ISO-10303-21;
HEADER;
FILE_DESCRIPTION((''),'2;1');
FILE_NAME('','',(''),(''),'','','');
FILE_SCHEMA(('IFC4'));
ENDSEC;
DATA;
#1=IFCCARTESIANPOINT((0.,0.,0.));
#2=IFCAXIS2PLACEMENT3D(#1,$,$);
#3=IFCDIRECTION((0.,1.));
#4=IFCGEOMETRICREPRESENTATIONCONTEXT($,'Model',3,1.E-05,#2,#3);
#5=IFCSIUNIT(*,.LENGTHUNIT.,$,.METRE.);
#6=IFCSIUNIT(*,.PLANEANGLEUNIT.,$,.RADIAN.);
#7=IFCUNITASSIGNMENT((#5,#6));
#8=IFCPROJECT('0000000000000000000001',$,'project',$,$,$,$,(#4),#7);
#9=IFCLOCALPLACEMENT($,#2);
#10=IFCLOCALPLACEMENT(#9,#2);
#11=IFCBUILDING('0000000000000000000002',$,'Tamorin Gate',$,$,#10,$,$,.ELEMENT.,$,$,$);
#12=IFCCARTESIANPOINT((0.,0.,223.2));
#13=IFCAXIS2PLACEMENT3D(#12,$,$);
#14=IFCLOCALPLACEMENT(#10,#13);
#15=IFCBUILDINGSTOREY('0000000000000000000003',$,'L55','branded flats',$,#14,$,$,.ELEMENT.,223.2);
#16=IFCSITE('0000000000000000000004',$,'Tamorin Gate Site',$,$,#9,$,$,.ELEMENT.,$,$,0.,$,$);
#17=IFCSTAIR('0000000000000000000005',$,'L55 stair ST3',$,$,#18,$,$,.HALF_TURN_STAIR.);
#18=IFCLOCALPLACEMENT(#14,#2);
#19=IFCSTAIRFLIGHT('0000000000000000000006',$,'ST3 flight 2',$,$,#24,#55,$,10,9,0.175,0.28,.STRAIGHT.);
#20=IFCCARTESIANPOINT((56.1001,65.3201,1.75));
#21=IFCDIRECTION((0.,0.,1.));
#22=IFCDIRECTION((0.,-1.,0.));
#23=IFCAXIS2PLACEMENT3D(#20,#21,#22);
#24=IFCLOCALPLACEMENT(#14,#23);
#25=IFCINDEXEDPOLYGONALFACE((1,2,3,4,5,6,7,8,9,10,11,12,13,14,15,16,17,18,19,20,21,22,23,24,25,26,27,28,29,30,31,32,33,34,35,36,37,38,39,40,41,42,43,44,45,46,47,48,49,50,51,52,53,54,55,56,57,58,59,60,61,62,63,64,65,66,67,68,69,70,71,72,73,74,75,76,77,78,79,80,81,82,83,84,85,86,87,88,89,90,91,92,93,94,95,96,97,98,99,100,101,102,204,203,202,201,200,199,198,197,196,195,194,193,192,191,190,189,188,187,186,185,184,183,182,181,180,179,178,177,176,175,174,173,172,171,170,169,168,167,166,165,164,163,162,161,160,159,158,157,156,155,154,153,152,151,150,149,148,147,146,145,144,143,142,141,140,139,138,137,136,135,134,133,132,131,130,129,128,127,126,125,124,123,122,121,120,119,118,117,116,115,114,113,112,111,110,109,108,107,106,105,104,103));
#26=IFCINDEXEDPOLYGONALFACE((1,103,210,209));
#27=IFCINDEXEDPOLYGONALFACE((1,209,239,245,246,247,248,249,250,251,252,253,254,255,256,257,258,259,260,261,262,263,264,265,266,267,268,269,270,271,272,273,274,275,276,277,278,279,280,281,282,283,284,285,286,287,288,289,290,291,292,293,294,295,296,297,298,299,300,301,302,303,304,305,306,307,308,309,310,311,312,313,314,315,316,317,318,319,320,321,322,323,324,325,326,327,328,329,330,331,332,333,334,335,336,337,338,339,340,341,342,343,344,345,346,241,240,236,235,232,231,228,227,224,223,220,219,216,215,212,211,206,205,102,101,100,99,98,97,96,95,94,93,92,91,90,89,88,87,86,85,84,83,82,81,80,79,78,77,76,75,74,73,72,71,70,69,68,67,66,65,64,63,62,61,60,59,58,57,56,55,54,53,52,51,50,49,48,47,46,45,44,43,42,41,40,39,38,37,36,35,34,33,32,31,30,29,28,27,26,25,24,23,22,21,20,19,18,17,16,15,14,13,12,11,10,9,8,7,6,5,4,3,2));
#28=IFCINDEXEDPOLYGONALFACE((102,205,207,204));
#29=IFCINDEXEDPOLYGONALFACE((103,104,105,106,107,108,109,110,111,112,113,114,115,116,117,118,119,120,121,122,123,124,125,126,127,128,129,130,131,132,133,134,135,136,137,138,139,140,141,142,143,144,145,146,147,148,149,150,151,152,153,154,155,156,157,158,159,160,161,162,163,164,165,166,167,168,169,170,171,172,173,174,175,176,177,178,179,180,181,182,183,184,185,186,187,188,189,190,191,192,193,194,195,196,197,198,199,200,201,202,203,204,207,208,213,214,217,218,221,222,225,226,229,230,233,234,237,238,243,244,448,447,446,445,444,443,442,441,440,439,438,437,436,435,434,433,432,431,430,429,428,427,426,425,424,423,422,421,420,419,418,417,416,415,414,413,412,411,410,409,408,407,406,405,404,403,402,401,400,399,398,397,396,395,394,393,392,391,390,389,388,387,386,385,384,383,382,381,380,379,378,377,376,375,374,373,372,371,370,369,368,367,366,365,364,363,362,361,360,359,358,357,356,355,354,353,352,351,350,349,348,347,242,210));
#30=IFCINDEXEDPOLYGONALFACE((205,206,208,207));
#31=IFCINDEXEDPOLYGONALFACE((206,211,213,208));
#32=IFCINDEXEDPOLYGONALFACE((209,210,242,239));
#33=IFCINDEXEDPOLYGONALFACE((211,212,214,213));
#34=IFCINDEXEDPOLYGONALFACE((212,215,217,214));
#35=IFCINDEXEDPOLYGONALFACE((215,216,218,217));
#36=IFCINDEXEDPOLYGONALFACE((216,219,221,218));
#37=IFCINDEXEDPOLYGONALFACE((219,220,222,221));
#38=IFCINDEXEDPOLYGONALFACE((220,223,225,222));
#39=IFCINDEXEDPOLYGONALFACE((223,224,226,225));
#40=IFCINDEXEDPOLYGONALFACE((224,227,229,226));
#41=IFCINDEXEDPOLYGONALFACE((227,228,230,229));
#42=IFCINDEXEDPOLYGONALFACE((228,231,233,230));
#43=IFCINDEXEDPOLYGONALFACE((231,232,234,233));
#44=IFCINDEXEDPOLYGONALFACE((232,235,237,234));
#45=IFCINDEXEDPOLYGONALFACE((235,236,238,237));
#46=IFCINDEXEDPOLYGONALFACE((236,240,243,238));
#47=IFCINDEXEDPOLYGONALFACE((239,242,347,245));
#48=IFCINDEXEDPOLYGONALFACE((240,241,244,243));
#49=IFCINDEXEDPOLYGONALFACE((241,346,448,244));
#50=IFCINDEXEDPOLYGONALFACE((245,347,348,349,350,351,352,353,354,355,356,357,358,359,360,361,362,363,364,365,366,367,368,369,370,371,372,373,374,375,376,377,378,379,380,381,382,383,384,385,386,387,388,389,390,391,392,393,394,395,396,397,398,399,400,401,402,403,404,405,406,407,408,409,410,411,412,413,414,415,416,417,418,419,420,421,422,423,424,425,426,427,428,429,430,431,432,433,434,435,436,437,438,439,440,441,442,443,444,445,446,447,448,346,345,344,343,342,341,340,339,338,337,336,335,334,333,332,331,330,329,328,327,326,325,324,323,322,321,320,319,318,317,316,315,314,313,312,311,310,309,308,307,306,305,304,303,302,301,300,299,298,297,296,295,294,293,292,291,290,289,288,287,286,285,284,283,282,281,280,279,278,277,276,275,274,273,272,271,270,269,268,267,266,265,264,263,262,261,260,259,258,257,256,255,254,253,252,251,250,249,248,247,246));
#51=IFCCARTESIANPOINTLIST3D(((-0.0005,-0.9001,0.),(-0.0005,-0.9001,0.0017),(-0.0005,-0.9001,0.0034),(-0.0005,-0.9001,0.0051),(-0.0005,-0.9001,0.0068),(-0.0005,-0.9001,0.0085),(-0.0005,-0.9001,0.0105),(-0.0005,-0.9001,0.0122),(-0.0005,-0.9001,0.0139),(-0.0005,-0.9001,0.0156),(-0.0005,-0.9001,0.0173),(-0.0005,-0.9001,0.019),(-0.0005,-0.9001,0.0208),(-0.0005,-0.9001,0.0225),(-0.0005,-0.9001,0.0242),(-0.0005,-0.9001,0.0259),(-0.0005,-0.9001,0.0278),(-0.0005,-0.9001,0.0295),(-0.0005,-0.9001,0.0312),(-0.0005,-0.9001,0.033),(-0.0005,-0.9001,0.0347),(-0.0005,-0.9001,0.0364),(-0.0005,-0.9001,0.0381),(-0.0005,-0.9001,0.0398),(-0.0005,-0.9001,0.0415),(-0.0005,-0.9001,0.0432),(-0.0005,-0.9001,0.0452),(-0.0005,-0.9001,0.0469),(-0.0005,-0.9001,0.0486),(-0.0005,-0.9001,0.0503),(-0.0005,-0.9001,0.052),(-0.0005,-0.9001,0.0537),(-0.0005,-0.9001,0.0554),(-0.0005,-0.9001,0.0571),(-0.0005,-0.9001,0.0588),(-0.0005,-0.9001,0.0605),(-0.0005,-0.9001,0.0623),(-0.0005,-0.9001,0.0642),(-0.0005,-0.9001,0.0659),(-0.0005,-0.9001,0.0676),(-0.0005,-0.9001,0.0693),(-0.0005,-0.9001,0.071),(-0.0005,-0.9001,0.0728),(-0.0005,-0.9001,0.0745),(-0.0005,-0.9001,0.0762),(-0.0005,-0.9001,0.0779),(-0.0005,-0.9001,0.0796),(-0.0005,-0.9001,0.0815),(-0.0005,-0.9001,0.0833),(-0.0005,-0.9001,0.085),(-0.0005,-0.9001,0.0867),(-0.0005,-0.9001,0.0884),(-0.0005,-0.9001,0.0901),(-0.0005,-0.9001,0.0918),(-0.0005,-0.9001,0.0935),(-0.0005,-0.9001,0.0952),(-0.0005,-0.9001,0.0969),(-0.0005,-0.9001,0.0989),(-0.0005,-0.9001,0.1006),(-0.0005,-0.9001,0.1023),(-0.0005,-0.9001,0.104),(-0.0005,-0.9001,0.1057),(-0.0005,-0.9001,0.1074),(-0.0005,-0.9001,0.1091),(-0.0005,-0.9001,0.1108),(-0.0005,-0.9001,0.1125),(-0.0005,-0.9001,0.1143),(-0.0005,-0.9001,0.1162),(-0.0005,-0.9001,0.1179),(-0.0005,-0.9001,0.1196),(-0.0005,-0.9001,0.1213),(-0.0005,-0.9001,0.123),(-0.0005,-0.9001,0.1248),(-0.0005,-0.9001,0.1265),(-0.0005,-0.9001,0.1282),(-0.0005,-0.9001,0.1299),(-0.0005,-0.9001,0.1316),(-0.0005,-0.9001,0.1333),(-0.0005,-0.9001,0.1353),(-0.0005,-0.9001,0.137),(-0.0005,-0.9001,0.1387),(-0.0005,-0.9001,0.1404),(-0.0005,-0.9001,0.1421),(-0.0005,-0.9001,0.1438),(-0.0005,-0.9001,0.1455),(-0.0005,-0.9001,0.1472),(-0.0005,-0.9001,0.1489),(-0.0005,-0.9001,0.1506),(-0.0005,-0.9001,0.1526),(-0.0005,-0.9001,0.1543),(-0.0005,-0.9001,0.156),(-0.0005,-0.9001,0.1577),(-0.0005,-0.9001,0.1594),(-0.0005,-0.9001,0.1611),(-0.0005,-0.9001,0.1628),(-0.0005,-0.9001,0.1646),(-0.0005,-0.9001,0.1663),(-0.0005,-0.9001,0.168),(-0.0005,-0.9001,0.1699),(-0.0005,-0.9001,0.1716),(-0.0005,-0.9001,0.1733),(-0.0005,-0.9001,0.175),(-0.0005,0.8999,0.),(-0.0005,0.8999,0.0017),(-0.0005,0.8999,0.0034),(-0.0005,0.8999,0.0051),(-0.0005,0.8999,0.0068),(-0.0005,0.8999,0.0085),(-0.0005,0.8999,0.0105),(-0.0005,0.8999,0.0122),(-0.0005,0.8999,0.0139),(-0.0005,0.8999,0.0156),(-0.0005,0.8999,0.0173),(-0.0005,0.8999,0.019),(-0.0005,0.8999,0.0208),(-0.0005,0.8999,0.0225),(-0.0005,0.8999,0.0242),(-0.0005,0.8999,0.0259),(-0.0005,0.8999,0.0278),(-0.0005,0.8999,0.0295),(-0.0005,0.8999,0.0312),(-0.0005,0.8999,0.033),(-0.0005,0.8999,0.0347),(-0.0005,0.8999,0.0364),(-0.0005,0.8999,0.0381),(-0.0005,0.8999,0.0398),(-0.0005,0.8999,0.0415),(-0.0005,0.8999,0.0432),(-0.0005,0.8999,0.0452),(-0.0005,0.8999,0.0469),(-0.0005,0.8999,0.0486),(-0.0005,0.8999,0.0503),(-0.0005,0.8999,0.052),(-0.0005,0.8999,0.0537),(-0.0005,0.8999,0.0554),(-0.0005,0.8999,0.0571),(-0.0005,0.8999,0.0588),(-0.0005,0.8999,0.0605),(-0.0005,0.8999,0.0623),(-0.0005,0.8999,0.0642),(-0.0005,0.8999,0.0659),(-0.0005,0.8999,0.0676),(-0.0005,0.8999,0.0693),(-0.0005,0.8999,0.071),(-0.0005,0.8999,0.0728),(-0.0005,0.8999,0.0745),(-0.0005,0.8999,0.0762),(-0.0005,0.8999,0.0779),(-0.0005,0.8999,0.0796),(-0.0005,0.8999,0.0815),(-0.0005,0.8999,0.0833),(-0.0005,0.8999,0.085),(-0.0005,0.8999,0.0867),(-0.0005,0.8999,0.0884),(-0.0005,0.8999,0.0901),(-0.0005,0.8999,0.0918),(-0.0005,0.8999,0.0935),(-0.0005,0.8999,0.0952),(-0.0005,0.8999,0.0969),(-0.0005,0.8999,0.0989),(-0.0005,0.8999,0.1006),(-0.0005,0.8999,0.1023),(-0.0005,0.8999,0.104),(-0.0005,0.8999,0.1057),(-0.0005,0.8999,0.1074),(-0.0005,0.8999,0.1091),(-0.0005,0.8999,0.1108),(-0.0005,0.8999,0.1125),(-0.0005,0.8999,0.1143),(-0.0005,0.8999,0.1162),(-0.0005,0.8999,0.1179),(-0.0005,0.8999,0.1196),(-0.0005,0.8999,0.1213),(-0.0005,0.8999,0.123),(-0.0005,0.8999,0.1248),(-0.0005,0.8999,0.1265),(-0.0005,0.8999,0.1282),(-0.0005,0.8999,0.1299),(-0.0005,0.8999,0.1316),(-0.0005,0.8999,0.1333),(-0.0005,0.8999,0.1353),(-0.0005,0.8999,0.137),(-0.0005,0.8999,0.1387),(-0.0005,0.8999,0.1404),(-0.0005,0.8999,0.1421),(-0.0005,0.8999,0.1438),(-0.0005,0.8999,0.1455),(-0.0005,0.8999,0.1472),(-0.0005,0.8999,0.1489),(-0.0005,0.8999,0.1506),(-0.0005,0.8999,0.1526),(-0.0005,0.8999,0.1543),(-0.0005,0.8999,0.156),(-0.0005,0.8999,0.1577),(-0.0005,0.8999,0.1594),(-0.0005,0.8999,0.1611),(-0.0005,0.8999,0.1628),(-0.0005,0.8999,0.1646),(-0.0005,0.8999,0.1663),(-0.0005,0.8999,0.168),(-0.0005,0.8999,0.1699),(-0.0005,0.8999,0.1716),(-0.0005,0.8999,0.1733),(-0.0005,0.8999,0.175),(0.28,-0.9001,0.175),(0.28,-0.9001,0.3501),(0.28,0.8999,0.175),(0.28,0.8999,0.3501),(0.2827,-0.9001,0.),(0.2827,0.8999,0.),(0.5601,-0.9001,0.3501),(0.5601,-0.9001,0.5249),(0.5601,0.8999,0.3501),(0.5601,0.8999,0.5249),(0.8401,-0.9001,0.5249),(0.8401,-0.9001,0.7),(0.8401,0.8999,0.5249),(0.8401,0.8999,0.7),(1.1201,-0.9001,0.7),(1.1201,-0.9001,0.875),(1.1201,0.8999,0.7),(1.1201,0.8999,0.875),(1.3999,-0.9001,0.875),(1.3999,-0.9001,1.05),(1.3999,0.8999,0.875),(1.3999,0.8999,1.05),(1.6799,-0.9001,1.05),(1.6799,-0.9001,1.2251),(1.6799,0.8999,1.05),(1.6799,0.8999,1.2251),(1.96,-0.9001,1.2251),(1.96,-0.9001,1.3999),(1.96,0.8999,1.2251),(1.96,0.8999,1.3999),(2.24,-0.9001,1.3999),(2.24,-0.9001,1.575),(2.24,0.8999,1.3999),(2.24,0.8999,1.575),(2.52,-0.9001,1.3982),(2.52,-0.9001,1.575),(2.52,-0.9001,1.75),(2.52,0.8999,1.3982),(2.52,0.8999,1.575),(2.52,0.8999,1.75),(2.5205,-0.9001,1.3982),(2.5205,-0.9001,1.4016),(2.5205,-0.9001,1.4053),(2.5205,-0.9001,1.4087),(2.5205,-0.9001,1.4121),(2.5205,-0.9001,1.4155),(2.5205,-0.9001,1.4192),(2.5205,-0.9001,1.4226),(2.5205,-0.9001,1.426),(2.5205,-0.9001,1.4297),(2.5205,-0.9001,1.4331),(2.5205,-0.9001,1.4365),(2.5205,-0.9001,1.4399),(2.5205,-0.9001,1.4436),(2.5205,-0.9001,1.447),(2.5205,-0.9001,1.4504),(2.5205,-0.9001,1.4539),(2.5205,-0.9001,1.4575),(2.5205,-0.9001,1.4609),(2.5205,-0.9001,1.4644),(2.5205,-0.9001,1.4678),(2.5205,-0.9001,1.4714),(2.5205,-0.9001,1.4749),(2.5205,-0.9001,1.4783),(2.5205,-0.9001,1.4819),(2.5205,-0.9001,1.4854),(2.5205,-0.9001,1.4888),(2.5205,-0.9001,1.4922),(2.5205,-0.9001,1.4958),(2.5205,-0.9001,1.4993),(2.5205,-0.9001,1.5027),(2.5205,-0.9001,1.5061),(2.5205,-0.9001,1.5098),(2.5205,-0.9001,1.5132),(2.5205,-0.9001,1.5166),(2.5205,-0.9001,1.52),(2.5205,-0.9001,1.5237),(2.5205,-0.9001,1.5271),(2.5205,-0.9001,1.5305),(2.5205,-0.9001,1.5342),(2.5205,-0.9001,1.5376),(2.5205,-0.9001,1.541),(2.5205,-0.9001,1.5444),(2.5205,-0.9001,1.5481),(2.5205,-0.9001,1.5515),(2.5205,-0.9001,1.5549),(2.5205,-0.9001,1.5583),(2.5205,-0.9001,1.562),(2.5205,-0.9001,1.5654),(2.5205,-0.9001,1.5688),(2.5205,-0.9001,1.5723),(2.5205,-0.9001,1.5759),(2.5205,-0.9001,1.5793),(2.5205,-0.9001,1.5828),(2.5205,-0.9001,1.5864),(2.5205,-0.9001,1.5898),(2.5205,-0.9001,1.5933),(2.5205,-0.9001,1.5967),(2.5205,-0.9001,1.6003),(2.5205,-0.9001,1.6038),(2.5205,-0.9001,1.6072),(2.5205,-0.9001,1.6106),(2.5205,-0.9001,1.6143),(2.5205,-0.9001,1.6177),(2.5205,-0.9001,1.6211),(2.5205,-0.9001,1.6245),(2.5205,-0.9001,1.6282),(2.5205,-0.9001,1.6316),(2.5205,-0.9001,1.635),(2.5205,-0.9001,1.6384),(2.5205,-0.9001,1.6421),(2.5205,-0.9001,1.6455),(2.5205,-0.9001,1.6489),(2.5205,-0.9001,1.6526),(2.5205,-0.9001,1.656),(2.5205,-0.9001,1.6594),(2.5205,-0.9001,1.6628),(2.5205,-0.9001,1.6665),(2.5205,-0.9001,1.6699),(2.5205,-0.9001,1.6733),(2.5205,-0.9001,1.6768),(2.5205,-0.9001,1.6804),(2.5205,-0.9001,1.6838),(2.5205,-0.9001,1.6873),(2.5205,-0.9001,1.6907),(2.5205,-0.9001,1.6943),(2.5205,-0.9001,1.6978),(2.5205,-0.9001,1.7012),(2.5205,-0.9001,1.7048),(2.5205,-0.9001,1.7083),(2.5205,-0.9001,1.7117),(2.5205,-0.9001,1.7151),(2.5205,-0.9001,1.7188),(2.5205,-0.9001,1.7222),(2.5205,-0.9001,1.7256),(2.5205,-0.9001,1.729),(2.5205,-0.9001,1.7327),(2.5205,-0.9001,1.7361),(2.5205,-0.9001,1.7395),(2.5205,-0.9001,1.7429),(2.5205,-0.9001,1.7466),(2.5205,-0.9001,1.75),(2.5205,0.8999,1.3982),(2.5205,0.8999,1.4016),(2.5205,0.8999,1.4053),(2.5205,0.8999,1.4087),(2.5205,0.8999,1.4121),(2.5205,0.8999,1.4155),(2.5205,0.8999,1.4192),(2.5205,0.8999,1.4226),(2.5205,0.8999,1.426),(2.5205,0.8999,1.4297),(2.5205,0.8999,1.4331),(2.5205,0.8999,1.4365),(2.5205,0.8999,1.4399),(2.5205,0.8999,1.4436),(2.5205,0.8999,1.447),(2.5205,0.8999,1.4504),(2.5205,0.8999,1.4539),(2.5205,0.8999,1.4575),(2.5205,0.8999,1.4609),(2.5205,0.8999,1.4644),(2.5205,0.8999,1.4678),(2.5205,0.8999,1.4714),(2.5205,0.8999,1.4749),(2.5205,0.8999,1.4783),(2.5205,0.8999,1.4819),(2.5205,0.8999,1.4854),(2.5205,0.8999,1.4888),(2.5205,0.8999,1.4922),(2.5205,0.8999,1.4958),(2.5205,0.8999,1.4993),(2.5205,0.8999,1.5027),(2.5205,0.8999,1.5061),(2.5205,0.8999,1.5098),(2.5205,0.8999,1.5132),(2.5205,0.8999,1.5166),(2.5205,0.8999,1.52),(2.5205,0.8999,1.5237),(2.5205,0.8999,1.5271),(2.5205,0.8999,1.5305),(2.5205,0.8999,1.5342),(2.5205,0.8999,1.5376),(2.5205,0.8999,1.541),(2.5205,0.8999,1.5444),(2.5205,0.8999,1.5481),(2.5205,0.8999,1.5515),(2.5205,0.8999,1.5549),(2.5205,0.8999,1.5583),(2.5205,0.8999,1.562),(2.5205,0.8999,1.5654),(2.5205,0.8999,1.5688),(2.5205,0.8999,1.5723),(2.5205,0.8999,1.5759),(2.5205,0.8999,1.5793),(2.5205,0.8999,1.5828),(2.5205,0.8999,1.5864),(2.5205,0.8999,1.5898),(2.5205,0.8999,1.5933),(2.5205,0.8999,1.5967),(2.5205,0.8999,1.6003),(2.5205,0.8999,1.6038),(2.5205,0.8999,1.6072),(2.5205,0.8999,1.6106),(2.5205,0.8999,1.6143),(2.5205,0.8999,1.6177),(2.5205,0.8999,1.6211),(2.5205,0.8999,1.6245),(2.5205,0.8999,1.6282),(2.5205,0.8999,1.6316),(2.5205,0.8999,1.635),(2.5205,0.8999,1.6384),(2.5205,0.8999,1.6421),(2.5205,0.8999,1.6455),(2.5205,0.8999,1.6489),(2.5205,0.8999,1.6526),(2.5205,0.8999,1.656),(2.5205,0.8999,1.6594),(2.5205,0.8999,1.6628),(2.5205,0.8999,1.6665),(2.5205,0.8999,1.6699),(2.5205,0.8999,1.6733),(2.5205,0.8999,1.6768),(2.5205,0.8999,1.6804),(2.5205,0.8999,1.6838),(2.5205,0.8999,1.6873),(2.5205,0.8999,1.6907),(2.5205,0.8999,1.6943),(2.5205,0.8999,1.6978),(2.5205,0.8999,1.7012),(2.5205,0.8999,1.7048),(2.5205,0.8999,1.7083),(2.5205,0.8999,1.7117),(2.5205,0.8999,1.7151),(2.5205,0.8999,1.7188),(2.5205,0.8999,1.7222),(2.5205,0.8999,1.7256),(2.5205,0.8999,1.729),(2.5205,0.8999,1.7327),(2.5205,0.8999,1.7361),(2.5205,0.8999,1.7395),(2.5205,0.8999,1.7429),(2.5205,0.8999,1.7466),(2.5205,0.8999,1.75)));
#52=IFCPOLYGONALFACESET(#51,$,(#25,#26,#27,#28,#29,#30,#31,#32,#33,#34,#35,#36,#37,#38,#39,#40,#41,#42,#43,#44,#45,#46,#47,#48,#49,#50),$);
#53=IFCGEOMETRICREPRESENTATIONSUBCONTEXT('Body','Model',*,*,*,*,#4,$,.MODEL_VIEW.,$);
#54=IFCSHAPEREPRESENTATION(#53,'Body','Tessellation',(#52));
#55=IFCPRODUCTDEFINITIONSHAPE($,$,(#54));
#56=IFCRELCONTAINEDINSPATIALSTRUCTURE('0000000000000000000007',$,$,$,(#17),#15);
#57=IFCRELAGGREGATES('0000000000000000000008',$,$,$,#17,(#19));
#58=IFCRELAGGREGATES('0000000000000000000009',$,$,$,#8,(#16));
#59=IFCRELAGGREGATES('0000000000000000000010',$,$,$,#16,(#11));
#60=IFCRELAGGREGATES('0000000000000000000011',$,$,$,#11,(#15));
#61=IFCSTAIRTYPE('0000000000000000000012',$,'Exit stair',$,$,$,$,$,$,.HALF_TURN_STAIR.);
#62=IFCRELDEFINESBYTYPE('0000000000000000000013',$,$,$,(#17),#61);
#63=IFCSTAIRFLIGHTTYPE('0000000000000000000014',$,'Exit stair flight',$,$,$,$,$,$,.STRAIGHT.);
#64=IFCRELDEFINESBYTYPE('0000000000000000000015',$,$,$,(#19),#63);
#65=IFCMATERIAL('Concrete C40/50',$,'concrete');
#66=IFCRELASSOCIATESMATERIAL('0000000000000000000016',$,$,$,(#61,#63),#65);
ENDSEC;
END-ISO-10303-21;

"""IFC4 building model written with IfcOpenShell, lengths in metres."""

from ifc_helpers import new_model, si_unit, direction, frame, origin, place, context, subcontext, project, spatial, polyline, outline, extrude, material, type_object, element, aggregate, save


model = new_model("IFC4")

# Units and contexts
model_context = context("Model", 3, precision=1e-05, world=origin(), true_north=direction((0.0, 1.0)))
body_context = subcontext(model_context, "Body", "Model", "MODEL_VIEW")
ifc_project = project(units=[si_unit("LENGTHUNIT", "METRE"), si_unit("PLANEANGLEUNIT", "RADIAN")], contexts=[model_context])

# Site, building, storey
site_placement = place(None, origin())
site = spatial("IfcSite", under=ifc_project, at=site_placement, Name="Tamorin Gate Site", CompositionType="ELEMENT", RefElevation=0.0)
building_placement = place(site_placement, origin())
building = spatial("IfcBuilding", under=site, at=building_placement, Name="Tamorin Gate", CompositionType="ELEMENT")
storey_placement = place(building_placement, frame((0.0, 0.0, 223.2)))
storey = spatial("IfcBuildingStorey", under=building, at=storey_placement, Name="L55", Description="branded flats", CompositionType="ELEMENT", Elevation=223.2)

# Stair, stair flight
ifc_material_1 = material(Name="Concrete C40/50", Category="concrete")
stair_type = type_object("IfcStairType", Name="Exit stair", PredefinedType="HALF_TURN_STAIR", material=ifc_material_1)
stair_placement = place(storey_placement, origin())
stair = element("IfcStair", 1, at=stair_placement, inside=storey, type_object=stair_type, Name="L55 stair ST3", PredefinedType="HALF_TURN_STAIR")
stair_flight_type = type_object("IfcStairFlightType", Name="Exit stair flight", PredefinedType="STRAIGHT", material=ifc_material_1)
stair_flight_1_placement = place(storey_placement, frame((56.1001, 65.3201, 1.75), z_axis=(0.0, 0.0, 1.0), x_axis=(0.0, -1.0, 0.0)))
stair_flight_1 = element("IfcStairFlight", 2, at=stair_flight_1_placement, type_object=stair_flight_type, Name="ST3 flight 2", NumberOfRisers=10, NumberOfTreads=9, PredefinedType="STRAIGHT", RiserHeight=0.175, TreadLength=0.28, context=body_context, shape_type="SweptSolid", body=[
    extrude(outline(polyline([(-0.0005, 0.0), (-0.0005, 0.0017), (-0.0005, 0.0034), (-0.0005, 0.0051), (-0.0005, 0.0068), (-0.0005, 0.0085), (-0.0005, 0.0105), (-0.0005, 0.0122), (-0.0005, 0.0139), (-0.0005, 0.0156), (-0.0005, 0.0173), (-0.0005, 0.019), (-0.0005, 0.0208), (-0.0005, 0.0225), (-0.0005, 0.0242), (-0.0005, 0.0259), (-0.0005, 0.0278), (-0.0005, 0.0295), (-0.0005, 0.0312), (-0.0005, 0.033), (-0.0005, 0.0347), (-0.0005, 0.0364), (-0.0005, 0.0381), (-0.0005, 0.0398), (-0.0005, 0.0415), (-0.0005, 0.0432), (-0.0005, 0.0452), (-0.0005, 0.0469), (-0.0005, 0.0486), (-0.0005, 0.0503), (-0.0005, 0.052), (-0.0005, 0.0537), (-0.0005, 0.0554), (-0.0005, 0.0571), (-0.0005, 0.0588), (-0.0005, 0.0605), (-0.0005, 0.0623), (-0.0005, 0.0642), (-0.0005, 0.0659), (-0.0005, 0.0676), (-0.0005, 0.0693), (-0.0005, 0.071), (-0.0005, 0.0728), (-0.0005, 0.0745), (-0.0005, 0.0762), (-0.0005, 0.0779), (-0.0005, 0.0796), (-0.0005, 0.0815), (-0.0005, 0.0833), (-0.0005, 0.085), (-0.0005, 0.0867), (-0.0005, 0.0884), (-0.0005, 0.0901), (-0.0005, 0.0918), (-0.0005, 0.0935), (-0.0005, 0.0952), (-0.0005, 0.0969), (-0.0005, 0.0989), (-0.0005, 0.1006), (-0.0005, 0.1023), (-0.0005, 0.104), (-0.0005, 0.1057), (-0.0005, 0.1074), (-0.0005, 0.1091), (-0.0005, 0.1108), (-0.0005, 0.1125), (-0.0005, 0.1143), (-0.0005, 0.1162), (-0.0005, 0.1179), (-0.0005, 0.1196), (-0.0005, 0.1213), (-0.0005, 0.123), (-0.0005, 0.1248), (-0.0005, 0.1265), (-0.0005, 0.1282), (-0.0005, 0.1299), (-0.0005, 0.1316), (-0.0005, 0.1333), (-0.0005, 0.1353), (-0.0005, 0.137), (-0.0005, 0.1387), (-0.0005, 0.1404), (-0.0005, 0.1421), (-0.0005, 0.1438), (-0.0005, 0.1455), (-0.0005, 0.1472), (-0.0005, 0.1489), (-0.0005, 0.1506), (-0.0005, 0.1526), (-0.0005, 0.1543), (-0.0005, 0.156), (-0.0005, 0.1577), (-0.0005, 0.1594), (-0.0005, 0.1611), (-0.0005, 0.1628), (-0.0005, 0.1646), (-0.0005, 0.1663), (-0.0005, 0.168), (-0.0005, 0.1699), (-0.0005, 0.1716), (-0.0005, 0.1733), (-0.0005, 0.175), (0.28, 0.175), (0.28, 0.3501), (0.5601, 0.3501), (0.5601, 0.5249), (0.8401, 0.5249), (0.8401, 0.7), (1.1201, 0.7), (1.1201, 0.875), (1.3999, 0.875), (1.3999, 1.05), (1.6799, 1.05), (1.6799, 1.2251), (1.96, 1.2251), (1.96, 1.3999), (2.24, 1.3999), (2.24, 1.575), (2.52, 1.575), (2.52, 1.75), (2.5205, 1.75), (2.5205, 1.7466), (2.5205, 1.7429), (2.5205, 1.7395), (2.5205, 1.7361), (2.5205, 1.7327), (2.5205, 1.729), (2.5205, 1.7256), (2.5205, 1.7222), (2.5205, 1.7188), (2.5205, 1.7151), (2.5205, 1.7117), (2.5205, 1.7083), (2.5205, 1.7048), (2.5205, 1.7012), (2.5205, 1.6978), (2.5205, 1.6943), (2.5205, 1.6907), (2.5205, 1.6873), (2.5205, 1.6838), (2.5205, 1.6804), (2.5205, 1.6768), (2.5205, 1.6733), (2.5205, 1.6699), (2.5205, 1.6665), (2.5205, 1.6628), (2.5205, 1.6594), (2.5205, 1.656), (2.5205, 1.6526), (2.5205, 1.6489), (2.5205, 1.6455), (2.5205, 1.6421), (2.5205, 1.6384), (2.5205, 1.635), (2.5205, 1.6316), (2.5205, 1.6282), (2.5205, 1.6245), (2.5205, 1.6211), (2.5205, 1.6177), (2.5205, 1.6143), (2.5205, 1.6106), (2.5205, 1.6072), (2.5205, 1.6038), (2.5205, 1.6003), (2.5205, 1.5967), (2.5205, 1.5933), (2.5205, 1.5898), (2.5205, 1.5864), (2.5205, 1.5828), (2.5205, 1.5793), (2.5205, 1.5759), (2.5205, 1.5723), (2.5205, 1.5688), (2.5205, 1.5654), (2.5205, 1.562), (2.5205, 1.5583), (2.5205, 1.5549), (2.5205, 1.5515), (2.5205, 1.5481), (2.5205, 1.5444), (2.5205, 1.541), (2.5205, 1.5376), (2.5205, 1.5342), (2.5205, 1.5305), (2.5205, 1.5271), (2.5205, 1.5237), (2.5205, 1.52), (2.5205, 1.5166), (2.5205, 1.5132), (2.5205, 1.5098), (2.5205, 1.5061), (2.5205, 1.5027), (2.5205, 1.4993), (2.5205, 1.4958), (2.5205, 1.4922), (2.5205, 1.4888), (2.5205, 1.4854), (2.5205, 1.4819), (2.5205, 1.4783), (2.5205, 1.4749), (2.5205, 1.4714), (2.5205, 1.4678), (2.5205, 1.4644), (2.5205, 1.4609), (2.5205, 1.4575), (2.5205, 1.4539), (2.5205, 1.4504), (2.5205, 1.447), (2.5205, 1.4436), (2.5205, 1.4399), (2.5205, 1.4365), (2.5205, 1.4331), (2.5205, 1.4297), (2.5205, 1.426), (2.5205, 1.4226), (2.5205, 1.4192), (2.5205, 1.4155), (2.5205, 1.4121), (2.5205, 1.4087), (2.5205, 1.4053), (2.5205, 1.4016), (2.5205, 1.3982), (2.52, 1.3982), (0.2827, 0.0), (-0.0005, 0.0)])), frame((0.0, 0.8999, 0.0), z_axis=(0.0, -1.0, 0.0), x_axis=(1.0, 0.0, 0.0)), (0.0, 0.0, 1.0), 1.8),
])
aggregate(stair, [stair_flight_1])

save(model, "model.ifc")
